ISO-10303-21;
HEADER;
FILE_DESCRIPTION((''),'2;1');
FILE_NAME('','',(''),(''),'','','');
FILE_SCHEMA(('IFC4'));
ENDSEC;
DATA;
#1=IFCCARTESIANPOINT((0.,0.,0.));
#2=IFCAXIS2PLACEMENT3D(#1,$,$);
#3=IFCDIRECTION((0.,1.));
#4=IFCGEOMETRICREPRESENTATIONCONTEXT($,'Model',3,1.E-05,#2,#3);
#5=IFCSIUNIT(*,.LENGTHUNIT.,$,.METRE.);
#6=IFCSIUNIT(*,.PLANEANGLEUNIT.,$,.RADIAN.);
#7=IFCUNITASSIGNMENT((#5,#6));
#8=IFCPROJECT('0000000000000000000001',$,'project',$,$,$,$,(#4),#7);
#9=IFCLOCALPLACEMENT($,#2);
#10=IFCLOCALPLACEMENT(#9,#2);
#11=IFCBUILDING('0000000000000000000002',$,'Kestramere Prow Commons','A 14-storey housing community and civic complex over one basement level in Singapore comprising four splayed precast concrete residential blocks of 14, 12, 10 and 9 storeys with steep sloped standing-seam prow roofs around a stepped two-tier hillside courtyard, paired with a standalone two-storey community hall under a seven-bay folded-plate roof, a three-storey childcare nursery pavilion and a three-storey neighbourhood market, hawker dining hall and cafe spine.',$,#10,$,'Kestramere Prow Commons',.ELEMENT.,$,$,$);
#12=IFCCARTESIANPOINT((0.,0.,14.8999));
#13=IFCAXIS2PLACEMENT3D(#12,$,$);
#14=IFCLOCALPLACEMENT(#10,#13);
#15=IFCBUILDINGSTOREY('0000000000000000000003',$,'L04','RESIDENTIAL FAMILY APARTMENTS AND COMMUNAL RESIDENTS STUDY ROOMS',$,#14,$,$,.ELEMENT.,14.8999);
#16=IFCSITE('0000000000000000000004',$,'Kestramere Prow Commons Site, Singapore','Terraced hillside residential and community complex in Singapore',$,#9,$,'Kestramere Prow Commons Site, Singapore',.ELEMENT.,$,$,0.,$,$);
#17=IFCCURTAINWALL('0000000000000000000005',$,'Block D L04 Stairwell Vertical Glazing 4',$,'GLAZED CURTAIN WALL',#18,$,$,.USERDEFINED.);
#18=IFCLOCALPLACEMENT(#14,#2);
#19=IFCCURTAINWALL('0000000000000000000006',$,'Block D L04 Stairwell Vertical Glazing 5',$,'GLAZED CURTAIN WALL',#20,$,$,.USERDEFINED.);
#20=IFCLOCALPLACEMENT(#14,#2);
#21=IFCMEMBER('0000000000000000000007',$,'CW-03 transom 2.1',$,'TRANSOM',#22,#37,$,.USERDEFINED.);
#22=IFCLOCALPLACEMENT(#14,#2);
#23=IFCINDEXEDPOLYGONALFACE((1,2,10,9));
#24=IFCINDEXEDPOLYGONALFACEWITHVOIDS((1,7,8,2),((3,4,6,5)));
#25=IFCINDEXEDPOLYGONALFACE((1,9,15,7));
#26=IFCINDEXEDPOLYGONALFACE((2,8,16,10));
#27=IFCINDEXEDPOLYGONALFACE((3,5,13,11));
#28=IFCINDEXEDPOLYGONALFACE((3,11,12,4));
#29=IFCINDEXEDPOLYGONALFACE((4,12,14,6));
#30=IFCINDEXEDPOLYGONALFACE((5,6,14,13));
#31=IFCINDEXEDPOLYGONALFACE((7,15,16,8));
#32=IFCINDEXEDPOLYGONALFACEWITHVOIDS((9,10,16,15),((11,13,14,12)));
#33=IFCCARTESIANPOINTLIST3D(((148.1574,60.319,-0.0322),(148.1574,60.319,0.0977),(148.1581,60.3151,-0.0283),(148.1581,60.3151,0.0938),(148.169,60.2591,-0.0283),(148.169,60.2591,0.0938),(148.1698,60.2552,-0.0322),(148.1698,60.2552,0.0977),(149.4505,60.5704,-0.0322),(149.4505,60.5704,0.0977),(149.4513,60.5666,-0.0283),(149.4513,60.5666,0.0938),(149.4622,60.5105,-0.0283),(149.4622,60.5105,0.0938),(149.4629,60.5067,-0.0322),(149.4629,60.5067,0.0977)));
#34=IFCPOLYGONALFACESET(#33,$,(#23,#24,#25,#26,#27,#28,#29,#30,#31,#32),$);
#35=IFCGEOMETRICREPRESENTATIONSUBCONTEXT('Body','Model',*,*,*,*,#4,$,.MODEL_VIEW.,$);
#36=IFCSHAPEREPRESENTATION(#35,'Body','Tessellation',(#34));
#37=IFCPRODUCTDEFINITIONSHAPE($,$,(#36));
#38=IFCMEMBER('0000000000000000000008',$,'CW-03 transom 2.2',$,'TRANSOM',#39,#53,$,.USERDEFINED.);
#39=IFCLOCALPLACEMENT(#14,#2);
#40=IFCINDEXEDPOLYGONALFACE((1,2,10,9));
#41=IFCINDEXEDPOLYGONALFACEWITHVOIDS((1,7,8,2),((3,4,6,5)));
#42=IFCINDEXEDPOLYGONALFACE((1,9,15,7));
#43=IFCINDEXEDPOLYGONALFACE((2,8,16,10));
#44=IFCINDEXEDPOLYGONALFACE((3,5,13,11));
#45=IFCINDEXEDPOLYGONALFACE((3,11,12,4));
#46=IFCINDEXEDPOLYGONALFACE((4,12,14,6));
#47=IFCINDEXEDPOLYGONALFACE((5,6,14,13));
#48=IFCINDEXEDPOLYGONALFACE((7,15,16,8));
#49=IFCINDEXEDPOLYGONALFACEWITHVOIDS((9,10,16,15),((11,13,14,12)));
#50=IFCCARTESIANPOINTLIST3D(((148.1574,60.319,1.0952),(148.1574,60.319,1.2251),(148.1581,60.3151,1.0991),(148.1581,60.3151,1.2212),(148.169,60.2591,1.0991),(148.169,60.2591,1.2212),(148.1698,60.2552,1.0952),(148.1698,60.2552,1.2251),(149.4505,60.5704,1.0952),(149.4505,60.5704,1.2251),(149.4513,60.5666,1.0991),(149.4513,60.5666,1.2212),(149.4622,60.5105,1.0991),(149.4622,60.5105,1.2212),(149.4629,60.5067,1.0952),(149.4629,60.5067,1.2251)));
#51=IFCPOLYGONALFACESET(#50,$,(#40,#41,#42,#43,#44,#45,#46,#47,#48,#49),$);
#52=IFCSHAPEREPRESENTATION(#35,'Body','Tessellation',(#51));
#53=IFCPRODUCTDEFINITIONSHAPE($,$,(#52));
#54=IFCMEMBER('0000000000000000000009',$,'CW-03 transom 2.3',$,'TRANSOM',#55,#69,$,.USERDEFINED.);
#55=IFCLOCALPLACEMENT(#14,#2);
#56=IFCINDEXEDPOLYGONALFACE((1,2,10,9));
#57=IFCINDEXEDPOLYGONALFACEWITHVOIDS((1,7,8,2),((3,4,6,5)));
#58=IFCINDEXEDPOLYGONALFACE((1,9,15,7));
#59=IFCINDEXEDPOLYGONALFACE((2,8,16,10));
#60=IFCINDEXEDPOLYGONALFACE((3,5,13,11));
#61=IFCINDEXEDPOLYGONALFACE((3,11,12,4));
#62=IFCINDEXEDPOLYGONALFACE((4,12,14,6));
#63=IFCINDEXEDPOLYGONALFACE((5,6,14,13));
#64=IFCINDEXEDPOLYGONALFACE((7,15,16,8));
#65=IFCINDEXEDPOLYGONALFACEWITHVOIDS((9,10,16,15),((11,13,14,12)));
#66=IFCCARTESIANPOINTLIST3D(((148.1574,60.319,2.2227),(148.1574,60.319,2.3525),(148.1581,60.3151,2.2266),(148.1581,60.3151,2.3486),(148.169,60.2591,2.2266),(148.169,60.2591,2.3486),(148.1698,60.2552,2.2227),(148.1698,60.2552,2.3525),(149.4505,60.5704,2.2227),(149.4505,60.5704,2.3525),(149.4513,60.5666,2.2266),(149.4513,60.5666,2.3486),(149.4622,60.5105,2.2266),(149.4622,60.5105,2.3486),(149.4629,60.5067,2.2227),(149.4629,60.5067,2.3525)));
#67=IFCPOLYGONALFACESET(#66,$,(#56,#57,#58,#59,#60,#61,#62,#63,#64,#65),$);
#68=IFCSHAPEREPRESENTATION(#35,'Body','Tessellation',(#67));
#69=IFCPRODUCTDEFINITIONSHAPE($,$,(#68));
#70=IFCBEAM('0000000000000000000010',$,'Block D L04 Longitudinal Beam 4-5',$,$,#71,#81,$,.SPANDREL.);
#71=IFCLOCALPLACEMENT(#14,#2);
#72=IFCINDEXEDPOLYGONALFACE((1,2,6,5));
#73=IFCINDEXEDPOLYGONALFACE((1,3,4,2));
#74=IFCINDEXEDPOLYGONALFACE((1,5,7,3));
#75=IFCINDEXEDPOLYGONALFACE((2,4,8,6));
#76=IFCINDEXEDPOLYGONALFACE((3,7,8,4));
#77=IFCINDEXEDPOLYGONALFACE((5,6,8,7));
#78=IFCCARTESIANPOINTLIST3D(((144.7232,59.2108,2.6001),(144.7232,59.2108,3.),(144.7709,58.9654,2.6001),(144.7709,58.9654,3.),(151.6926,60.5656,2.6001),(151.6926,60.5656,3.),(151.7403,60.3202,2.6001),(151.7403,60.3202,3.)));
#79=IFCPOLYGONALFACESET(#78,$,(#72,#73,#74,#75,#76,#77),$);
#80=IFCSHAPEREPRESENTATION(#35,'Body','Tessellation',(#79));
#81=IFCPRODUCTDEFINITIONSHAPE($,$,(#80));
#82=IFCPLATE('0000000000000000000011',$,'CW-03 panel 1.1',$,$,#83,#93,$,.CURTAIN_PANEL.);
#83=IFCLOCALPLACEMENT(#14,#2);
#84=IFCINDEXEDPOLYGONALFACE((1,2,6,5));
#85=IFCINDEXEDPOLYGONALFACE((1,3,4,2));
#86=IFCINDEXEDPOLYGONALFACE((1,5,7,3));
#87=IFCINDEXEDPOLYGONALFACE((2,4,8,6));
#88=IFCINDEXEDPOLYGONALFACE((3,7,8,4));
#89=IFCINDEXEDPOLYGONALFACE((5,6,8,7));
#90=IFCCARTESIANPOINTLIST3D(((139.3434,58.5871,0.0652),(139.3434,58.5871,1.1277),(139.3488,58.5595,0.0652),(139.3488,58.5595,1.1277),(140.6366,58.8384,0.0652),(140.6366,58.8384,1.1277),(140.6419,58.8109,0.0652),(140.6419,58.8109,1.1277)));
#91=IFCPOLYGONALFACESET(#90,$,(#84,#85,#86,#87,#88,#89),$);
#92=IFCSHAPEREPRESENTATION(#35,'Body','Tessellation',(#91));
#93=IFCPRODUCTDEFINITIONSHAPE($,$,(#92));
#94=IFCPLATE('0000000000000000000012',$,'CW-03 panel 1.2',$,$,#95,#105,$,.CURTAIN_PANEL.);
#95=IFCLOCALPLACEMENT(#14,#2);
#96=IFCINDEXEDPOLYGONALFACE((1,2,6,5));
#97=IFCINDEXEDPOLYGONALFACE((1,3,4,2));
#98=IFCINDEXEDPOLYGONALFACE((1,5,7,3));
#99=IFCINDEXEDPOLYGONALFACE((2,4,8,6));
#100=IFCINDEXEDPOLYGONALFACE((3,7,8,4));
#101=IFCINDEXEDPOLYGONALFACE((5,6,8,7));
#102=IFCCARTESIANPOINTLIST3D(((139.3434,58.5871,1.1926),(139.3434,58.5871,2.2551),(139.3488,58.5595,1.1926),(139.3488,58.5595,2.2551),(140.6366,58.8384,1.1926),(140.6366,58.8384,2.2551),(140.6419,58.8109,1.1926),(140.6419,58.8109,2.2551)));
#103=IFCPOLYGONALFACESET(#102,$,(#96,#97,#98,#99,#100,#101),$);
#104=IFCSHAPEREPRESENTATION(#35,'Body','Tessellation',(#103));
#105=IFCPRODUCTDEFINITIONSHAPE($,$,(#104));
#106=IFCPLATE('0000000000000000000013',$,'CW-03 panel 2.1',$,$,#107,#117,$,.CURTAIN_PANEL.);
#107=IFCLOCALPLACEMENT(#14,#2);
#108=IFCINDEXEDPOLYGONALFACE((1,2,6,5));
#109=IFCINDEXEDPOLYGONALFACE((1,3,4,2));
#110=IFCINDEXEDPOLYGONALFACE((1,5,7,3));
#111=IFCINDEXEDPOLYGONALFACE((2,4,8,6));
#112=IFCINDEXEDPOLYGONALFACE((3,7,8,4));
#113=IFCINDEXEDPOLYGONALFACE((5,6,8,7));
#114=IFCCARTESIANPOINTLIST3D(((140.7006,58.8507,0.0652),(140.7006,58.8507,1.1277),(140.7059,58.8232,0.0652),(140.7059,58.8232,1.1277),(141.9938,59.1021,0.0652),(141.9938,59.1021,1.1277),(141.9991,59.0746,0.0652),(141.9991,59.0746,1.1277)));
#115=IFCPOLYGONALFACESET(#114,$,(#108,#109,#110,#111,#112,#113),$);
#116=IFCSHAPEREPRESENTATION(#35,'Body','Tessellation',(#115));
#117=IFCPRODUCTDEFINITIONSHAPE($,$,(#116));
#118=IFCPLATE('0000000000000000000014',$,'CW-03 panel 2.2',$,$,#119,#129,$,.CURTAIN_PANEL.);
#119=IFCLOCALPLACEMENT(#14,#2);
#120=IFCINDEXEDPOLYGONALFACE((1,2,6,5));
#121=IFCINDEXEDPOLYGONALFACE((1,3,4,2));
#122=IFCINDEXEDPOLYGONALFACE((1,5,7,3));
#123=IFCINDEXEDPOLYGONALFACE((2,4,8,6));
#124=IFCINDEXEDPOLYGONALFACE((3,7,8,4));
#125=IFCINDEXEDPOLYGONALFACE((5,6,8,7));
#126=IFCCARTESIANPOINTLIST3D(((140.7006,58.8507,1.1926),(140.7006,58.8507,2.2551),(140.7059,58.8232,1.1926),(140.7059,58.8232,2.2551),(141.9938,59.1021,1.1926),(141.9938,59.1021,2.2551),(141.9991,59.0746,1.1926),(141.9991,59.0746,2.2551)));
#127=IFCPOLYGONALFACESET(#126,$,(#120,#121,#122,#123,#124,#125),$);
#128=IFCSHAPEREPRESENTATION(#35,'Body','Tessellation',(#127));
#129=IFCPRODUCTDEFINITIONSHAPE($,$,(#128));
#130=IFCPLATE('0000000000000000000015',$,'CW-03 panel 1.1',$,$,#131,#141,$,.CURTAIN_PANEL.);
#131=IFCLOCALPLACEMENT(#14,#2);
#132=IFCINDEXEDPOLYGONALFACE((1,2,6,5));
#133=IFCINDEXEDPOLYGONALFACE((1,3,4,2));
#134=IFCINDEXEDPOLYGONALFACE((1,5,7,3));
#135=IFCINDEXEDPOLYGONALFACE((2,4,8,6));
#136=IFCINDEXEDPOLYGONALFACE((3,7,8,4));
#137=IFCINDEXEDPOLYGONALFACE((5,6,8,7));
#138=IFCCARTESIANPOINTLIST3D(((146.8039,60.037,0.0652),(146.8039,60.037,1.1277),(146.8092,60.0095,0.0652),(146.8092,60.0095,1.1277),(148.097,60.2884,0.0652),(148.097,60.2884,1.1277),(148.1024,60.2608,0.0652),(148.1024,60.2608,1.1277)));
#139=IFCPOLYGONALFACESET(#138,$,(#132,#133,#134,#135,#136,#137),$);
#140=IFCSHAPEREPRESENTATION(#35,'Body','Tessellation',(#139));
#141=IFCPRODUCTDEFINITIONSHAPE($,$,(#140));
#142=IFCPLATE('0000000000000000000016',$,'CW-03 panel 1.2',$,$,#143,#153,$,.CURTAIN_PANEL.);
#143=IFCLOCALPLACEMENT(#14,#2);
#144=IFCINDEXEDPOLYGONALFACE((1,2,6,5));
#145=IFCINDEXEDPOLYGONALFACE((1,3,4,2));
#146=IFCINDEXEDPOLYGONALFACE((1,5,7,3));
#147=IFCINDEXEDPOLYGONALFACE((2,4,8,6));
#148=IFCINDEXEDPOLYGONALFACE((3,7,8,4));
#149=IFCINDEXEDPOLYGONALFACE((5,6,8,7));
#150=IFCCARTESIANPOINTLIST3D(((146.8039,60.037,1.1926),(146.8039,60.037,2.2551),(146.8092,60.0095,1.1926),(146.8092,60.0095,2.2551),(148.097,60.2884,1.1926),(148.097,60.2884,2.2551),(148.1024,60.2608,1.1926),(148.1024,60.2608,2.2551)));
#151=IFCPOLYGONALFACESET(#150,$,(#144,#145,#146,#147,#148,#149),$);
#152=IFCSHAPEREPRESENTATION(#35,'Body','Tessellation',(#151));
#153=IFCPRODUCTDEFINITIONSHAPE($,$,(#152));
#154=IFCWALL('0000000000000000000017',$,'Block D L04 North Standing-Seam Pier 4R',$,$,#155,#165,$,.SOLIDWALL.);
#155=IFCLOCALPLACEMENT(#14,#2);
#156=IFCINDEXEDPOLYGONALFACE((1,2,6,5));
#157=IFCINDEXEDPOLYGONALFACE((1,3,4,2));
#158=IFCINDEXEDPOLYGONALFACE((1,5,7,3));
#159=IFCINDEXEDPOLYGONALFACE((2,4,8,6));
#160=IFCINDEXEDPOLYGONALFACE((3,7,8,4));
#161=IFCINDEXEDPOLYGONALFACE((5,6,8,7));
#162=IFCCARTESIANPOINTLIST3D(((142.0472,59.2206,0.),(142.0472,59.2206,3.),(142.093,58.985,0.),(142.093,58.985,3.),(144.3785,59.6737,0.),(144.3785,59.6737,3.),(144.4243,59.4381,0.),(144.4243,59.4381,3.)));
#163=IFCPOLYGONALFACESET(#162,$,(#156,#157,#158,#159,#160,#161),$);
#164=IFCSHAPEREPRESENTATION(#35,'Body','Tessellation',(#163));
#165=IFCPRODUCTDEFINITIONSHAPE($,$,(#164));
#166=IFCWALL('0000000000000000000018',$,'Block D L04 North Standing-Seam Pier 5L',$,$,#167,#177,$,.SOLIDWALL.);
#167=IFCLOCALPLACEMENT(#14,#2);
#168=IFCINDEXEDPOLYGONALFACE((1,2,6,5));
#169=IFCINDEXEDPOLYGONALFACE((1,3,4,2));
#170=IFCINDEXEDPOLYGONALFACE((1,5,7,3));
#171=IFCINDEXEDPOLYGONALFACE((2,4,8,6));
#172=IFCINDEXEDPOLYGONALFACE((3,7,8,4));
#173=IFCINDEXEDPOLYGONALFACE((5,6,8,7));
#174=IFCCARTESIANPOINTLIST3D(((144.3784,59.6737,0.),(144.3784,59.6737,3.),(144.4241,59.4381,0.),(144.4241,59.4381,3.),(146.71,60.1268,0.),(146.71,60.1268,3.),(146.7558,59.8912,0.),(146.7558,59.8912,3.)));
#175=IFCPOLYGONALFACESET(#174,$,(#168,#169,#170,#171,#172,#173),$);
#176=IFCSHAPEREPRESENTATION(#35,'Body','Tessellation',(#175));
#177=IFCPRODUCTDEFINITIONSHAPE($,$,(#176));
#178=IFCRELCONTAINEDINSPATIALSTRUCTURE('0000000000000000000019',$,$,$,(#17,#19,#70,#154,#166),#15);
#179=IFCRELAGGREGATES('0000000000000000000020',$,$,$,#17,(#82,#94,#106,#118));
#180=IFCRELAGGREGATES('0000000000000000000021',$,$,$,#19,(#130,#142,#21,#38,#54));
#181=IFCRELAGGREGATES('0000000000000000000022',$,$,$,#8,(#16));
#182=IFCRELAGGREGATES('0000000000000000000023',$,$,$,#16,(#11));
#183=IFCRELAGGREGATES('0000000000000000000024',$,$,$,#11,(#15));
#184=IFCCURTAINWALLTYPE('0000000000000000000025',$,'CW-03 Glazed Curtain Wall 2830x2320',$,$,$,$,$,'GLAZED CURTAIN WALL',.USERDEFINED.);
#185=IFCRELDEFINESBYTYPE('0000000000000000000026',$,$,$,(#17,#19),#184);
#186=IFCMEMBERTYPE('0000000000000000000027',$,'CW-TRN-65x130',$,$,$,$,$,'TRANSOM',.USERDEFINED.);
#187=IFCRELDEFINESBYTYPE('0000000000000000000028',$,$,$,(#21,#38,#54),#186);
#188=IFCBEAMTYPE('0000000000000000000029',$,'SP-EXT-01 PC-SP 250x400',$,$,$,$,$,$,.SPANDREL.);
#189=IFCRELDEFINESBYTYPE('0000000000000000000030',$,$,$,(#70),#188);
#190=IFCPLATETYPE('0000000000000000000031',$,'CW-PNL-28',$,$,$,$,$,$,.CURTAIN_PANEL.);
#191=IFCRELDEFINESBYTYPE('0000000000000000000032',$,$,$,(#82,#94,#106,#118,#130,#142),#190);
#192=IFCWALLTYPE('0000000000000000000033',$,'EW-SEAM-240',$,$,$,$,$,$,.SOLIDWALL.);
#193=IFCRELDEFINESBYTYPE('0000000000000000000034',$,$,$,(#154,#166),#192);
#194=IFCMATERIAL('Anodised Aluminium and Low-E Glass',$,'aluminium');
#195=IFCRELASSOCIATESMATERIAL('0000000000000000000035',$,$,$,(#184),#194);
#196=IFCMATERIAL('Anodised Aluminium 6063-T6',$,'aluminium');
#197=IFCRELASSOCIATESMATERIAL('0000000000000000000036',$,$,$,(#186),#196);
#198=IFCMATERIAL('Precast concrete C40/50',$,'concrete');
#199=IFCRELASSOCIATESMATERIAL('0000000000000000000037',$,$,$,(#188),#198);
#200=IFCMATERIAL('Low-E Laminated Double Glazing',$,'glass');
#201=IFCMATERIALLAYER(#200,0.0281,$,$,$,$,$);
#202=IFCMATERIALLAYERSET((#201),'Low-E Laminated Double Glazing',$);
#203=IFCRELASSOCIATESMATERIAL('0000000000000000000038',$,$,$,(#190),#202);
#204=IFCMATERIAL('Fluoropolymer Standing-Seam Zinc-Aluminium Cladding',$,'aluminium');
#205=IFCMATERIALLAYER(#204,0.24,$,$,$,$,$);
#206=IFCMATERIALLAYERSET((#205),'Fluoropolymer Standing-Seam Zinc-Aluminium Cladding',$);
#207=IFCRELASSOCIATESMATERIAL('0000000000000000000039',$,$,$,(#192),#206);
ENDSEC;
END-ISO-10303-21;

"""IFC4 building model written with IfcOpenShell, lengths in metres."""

from ifc_helpers import new_model, si_unit, direction, frame, frame_2d, origin, origin_2d, place, context, subcontext, project, spatial, rectangle, hollow_rectangle, extrude, material, layer, layer_set, material_profile, profile_set, type_object, element, aggregate, save


model = new_model("IFC4")

# Units and contexts
model_context = context("Model", 3, precision=1e-05, world=origin(), true_north=direction((0.0, 1.0)))
body_context = subcontext(model_context, "Body", "Model", "MODEL_VIEW")
ifc_project = project(units=[si_unit("LENGTHUNIT", "METRE"), si_unit("PLANEANGLEUNIT", "RADIAN")], contexts=[model_context])

# Site, building, storey
site_placement = place(None, origin())
site = spatial("IfcSite", under=ifc_project, at=site_placement, Name="Kestramere Prow Commons Site, Singapore", Description="Terraced hillside residential and community complex in Singapore", LongName="Kestramere Prow Commons Site, Singapore", CompositionType="ELEMENT", RefElevation=0.0)
building_placement = place(site_placement, origin())
building = spatial("IfcBuilding", under=site, at=building_placement, Name="Kestramere Prow Commons", Description="A 14-storey housing community and civic complex over one basement level in Singapore comprising four splayed precast concrete residential blocks of 14, 12, 10 and 9 storeys with steep sloped standing-seam prow roofs around a stepped two-tier hillside courtyard, paired with a standalone two-storey community hall under a seven-bay folded-plate roof, a three-storey childcare nursery pavilion and a three-storey neighbourhood market, hawker dining hall and cafe spine.", LongName="Kestramere Prow Commons", CompositionType="ELEMENT")
storey_placement = place(building_placement, frame((0.0, 0.0, 14.8999)))
storey = spatial("IfcBuildingStorey", under=building, at=storey_placement, Name="L04", Description="RESIDENTIAL FAMILY APARTMENTS AND COMMUNAL RESIDENTS STUDY ROOMS", CompositionType="ELEMENT", Elevation=14.8999)

# Shared definitions
ifc_material_1 = material(Name="Precast concrete C40/50", Category="concrete")

# Curtain walls
ifc_material_2 = material(Name="Anodised Aluminium and Low-E Glass", Category="aluminium")
curtain_wall_type = type_object("IfcCurtainWallType", Name="CW-03 Glazed Curtain Wall 2830x2320", ElementType="GLAZED CURTAIN WALL", PredefinedType="USERDEFINED", material=ifc_material_2)
curtain_wall_1_placement = place(storey_placement, origin())
curtain_wall_1 = element("IfcCurtainWall", 1, at=curtain_wall_1_placement, inside=storey, type_object=curtain_wall_type, Name="Block D L04 Stairwell Vertical Glazing 4", ObjectType="GLAZED CURTAIN WALL", PredefinedType="USERDEFINED")
ifc_material_3 = material(Name="Anodised Aluminium 6063-T6", Category="aluminium")
curtain_wall_2_placement = place(storey_placement, origin())
curtain_wall_2 = element("IfcCurtainWall", 2, at=curtain_wall_2_placement, inside=storey, type_object=curtain_wall_type, Name="Block D L04 Stairwell Vertical Glazing 5", ObjectType="GLAZED CURTAIN WALL", PredefinedType="USERDEFINED")

# Members
ifc_material_profile_1 = material_profile(ifc_material_3, hollow_rectangle(XDim=0.0649, YDim=0.1299, WallThickness=0.0039, at=origin_2d()), Name="ALU-TRN 65x130")
ifc_profile_set_1 = profile_set([ifc_material_profile_1], Name="Anodised Aluminium 6063-T6")
member_type_1 = type_object("IfcMemberType", Name="CW-TRN-65x130", ElementType="TRANSOM", PredefinedType="USERDEFINED", material=ifc_profile_set_1)
member_1_placement = place(storey_placement, frame((148.1636, 60.2871, 0.0327), z_axis=(0.981614, 0.190875, 0.0), x_axis=(-0.190875, 0.981614, 0.0)))
member_1 = element("IfcMember", 3, at=member_1_placement, type_object=member_type_1, Name="CW-03 transom 2.1", ObjectType="TRANSOM", PredefinedType="USERDEFINED", context=body_context, shape_type="SweptSolid", body=[
    extrude(hollow_rectangle(XDim=0.0649, YDim=0.1299, WallThickness=0.0039, at=origin_2d()), origin(), (0.0, 0.0, 1.0), 1.3174),
])
member_2_placement = place(storey_placement, frame((148.1636, 60.2871, 1.1602), z_axis=(0.981614, 0.190875, 0.0), x_axis=(-0.190875, 0.981614, 0.0)))
member_2 = element("IfcMember", 4, at=member_2_placement, type_object=member_type_1, Name="CW-03 transom 2.2", ObjectType="TRANSOM", PredefinedType="USERDEFINED", context=body_context, shape_type="SweptSolid", body=[
    extrude(hollow_rectangle(XDim=0.0649, YDim=0.1299, WallThickness=0.0039, at=origin_2d()), origin(), (0.0, 0.0, 1.0), 1.3174),
])
member_3_placement = place(storey_placement, frame((148.1636, 60.2871, 2.2876), z_axis=(0.981614, 0.190875, 0.0), x_axis=(-0.190875, 0.981614, 0.0)))
member_3 = element("IfcMember", 5, at=member_3_placement, type_object=member_type_1, Name="CW-03 transom 2.3", ObjectType="TRANSOM", PredefinedType="USERDEFINED", context=body_context, shape_type="SweptSolid", body=[
    extrude(hollow_rectangle(XDim=0.0649, YDim=0.1299, WallThickness=0.0039, at=origin_2d()), origin(), (0.0, 0.0, 1.0), 1.3174),
])

# Beam
ifc_material_profile_2 = material_profile(ifc_material_1, rectangle(XDim=0.25, YDim=0.3999, at=origin_2d()), Name="PC-SP 250x400")
ifc_profile_set_2 = profile_set([ifc_material_profile_2], Name="Precast concrete C40/50")
beam_type = type_object("IfcBeamType", Name="SP-EXT-01 PC-SP 250x400", PredefinedType="SPANDREL", material=ifc_profile_set_2)
beam_placement = place(storey_placement, frame((144.7471, 59.0881, 2.8), z_axis=(0.981627, 0.19081, 0.0), x_axis=(-0.19081, 0.981627, 0.0)))
element("IfcBeam", 6, at=beam_placement, inside=storey, type_object=beam_type, Name="Block D L04 Longitudinal Beam 4-5", PredefinedType="SPANDREL", context=body_context, shape_type="SweptSolid", body=[
    extrude(rectangle(XDim=0.25, YDim=0.3999, at=origin_2d()), origin(), (0.0, 0.0, 1.0), 7.0999),
])

# Plates
ifc_material_4 = material(Name="Low-E Laminated Double Glazing", Category="glass")
ifc_layer_1 = layer(ifc_material_4, 0.0281)
ifc_layer_set_1 = layer_set([ifc_layer_1], Name="Low-E Laminated Double Glazing")
plate_type = type_object("IfcPlateType", Name="CW-PNL-28", PredefinedType="CURTAIN_PANEL", material=ifc_layer_set_1)
plate_1_placement = place(storey_placement, frame((139.9927, 58.699, 0.0652), z_axis=(0.0, 0.0, 1.0), x_axis=(0.981627, 0.190809, 0.0)))
plate_1 = element("IfcPlate", 7, at=plate_1_placement, type_object=plate_type, Name="CW-03 panel 1.1", PredefinedType="CURTAIN_PANEL", context=body_context, shape_type="SweptSolid", body=[
    extrude(rectangle(XDim=1.3174, YDim=0.0281, at=origin_2d()), origin(), (0.0, 0.0, 1.0), 1.0625),
])
plate_2_placement = place(storey_placement, frame((139.9927, 58.699, 1.1926), z_axis=(0.0, 0.0, 1.0), x_axis=(0.981627, 0.190809, 0.0)))
plate_2 = element("IfcPlate", 8, at=plate_2_placement, type_object=plate_type, Name="CW-03 panel 1.2", PredefinedType="CURTAIN_PANEL", context=body_context, shape_type="SweptSolid", body=[
    extrude(rectangle(XDim=1.3174, YDim=0.0281, at=origin_2d()), origin(), (0.0, 0.0, 1.0), 1.0625),
])
plate_3_placement = place(storey_placement, frame((141.3499, 58.9626, 0.0652), z_axis=(0.0, 0.0, 1.0), x_axis=(0.981627, 0.190809, 0.0)))
plate_3 = element("IfcPlate", 9, at=plate_3_placement, type_object=plate_type, Name="CW-03 panel 2.1", PredefinedType="CURTAIN_PANEL", context=body_context, shape_type="SweptSolid", body=[
    extrude(rectangle(XDim=1.3174, YDim=0.0281, at=origin_2d()), origin(), (0.0, 0.0, 1.0), 1.0625),
])
plate_4_placement = place(storey_placement, frame((141.3499, 58.9626, 1.1926), z_axis=(0.0, 0.0, 1.0), x_axis=(0.981627, 0.190809, 0.0)))
plate_4 = element("IfcPlate", 10, at=plate_4_placement, type_object=plate_type, Name="CW-03 panel 2.2", PredefinedType="CURTAIN_PANEL", context=body_context, shape_type="SweptSolid", body=[
    extrude(rectangle(XDim=1.3174, YDim=0.0281, at=origin_2d()), origin(), (0.0, 0.0, 1.0), 1.0625),
])
aggregate(curtain_wall_1, [plate_1, plate_2, plate_3, plate_4])
plate_5_placement = place(storey_placement, frame((147.4531, 60.1489, 0.0652), z_axis=(0.0, 0.0, 1.0), x_axis=(0.981627, 0.190809, 0.0)))
plate_5 = element("IfcPlate", 11, at=plate_5_placement, type_object=plate_type, Name="CW-03 panel 1.1", PredefinedType="CURTAIN_PANEL", context=body_context, shape_type="SweptSolid", body=[
    extrude(rectangle(XDim=1.3174, YDim=0.0281, at=origin_2d()), origin(), (0.0, 0.0, 1.0), 1.0625),
])
plate_6_placement = place(storey_placement, frame((147.4531, 60.1489, 1.1926), z_axis=(0.0, 0.0, 1.0), x_axis=(0.981627, 0.190809, 0.0)))
plate_6 = element("IfcPlate", 12, at=plate_6_placement, type_object=plate_type, Name="CW-03 panel 1.2", PredefinedType="CURTAIN_PANEL", context=body_context, shape_type="SweptSolid", body=[
    extrude(rectangle(XDim=1.3174, YDim=0.0281, at=origin_2d()), origin(), (0.0, 0.0, 1.0), 1.0625),
])
aggregate(curtain_wall_2, [plate_5, plate_6, member_1, member_2, member_3])

# Walls
ifc_material_5 = material(Name="Fluoropolymer Standing-Seam Zinc-Aluminium Cladding", Category="aluminium")
ifc_layer_2 = layer(ifc_material_5, 0.24)
ifc_layer_set_2 = layer_set([ifc_layer_2], Name="Fluoropolymer Standing-Seam Zinc-Aluminium Cladding")
wall_type_1 = type_object("IfcWallType", Name="EW-SEAM-240", PredefinedType="SOLIDWALL", material=ifc_layer_set_2)
wall_1_placement = place(storey_placement, frame((142.0701, 59.1028, 0.0), z_axis=(0.0, 0.0, 1.0), x_axis=(0.98163, 0.190795, 0.0)))
element("IfcWall", 13, at=wall_1_placement, inside=storey, type_object=wall_type_1, Name="Block D L04 North Standing-Seam Pier 4R", PredefinedType="SOLIDWALL", context=body_context, shape_type="SweptSolid", body=[
    extrude(rectangle(XDim=2.375, YDim=0.24, at=frame_2d((1.1875, 0.0))), origin(), (0.0, 0.0, 1.0), 3.0),
])
wall_2_placement = place(storey_placement, frame((144.4014, 59.5559, 0.0), z_axis=(0.0, 0.0, 1.0), x_axis=(0.981634, 0.190776, 0.0)))
element("IfcWall", 14, at=wall_2_placement, inside=storey, type_object=wall_type_1, Name="Block D L04 North Standing-Seam Pier 5L", PredefinedType="SOLIDWALL", context=body_context, shape_type="SweptSolid", body=[
    extrude(rectangle(XDim=2.3752, YDim=0.24, at=frame_2d((1.1875, 0.0))), origin(), (0.0, 0.0, 1.0), 3.0),
])

save(model, "model.ifc")
